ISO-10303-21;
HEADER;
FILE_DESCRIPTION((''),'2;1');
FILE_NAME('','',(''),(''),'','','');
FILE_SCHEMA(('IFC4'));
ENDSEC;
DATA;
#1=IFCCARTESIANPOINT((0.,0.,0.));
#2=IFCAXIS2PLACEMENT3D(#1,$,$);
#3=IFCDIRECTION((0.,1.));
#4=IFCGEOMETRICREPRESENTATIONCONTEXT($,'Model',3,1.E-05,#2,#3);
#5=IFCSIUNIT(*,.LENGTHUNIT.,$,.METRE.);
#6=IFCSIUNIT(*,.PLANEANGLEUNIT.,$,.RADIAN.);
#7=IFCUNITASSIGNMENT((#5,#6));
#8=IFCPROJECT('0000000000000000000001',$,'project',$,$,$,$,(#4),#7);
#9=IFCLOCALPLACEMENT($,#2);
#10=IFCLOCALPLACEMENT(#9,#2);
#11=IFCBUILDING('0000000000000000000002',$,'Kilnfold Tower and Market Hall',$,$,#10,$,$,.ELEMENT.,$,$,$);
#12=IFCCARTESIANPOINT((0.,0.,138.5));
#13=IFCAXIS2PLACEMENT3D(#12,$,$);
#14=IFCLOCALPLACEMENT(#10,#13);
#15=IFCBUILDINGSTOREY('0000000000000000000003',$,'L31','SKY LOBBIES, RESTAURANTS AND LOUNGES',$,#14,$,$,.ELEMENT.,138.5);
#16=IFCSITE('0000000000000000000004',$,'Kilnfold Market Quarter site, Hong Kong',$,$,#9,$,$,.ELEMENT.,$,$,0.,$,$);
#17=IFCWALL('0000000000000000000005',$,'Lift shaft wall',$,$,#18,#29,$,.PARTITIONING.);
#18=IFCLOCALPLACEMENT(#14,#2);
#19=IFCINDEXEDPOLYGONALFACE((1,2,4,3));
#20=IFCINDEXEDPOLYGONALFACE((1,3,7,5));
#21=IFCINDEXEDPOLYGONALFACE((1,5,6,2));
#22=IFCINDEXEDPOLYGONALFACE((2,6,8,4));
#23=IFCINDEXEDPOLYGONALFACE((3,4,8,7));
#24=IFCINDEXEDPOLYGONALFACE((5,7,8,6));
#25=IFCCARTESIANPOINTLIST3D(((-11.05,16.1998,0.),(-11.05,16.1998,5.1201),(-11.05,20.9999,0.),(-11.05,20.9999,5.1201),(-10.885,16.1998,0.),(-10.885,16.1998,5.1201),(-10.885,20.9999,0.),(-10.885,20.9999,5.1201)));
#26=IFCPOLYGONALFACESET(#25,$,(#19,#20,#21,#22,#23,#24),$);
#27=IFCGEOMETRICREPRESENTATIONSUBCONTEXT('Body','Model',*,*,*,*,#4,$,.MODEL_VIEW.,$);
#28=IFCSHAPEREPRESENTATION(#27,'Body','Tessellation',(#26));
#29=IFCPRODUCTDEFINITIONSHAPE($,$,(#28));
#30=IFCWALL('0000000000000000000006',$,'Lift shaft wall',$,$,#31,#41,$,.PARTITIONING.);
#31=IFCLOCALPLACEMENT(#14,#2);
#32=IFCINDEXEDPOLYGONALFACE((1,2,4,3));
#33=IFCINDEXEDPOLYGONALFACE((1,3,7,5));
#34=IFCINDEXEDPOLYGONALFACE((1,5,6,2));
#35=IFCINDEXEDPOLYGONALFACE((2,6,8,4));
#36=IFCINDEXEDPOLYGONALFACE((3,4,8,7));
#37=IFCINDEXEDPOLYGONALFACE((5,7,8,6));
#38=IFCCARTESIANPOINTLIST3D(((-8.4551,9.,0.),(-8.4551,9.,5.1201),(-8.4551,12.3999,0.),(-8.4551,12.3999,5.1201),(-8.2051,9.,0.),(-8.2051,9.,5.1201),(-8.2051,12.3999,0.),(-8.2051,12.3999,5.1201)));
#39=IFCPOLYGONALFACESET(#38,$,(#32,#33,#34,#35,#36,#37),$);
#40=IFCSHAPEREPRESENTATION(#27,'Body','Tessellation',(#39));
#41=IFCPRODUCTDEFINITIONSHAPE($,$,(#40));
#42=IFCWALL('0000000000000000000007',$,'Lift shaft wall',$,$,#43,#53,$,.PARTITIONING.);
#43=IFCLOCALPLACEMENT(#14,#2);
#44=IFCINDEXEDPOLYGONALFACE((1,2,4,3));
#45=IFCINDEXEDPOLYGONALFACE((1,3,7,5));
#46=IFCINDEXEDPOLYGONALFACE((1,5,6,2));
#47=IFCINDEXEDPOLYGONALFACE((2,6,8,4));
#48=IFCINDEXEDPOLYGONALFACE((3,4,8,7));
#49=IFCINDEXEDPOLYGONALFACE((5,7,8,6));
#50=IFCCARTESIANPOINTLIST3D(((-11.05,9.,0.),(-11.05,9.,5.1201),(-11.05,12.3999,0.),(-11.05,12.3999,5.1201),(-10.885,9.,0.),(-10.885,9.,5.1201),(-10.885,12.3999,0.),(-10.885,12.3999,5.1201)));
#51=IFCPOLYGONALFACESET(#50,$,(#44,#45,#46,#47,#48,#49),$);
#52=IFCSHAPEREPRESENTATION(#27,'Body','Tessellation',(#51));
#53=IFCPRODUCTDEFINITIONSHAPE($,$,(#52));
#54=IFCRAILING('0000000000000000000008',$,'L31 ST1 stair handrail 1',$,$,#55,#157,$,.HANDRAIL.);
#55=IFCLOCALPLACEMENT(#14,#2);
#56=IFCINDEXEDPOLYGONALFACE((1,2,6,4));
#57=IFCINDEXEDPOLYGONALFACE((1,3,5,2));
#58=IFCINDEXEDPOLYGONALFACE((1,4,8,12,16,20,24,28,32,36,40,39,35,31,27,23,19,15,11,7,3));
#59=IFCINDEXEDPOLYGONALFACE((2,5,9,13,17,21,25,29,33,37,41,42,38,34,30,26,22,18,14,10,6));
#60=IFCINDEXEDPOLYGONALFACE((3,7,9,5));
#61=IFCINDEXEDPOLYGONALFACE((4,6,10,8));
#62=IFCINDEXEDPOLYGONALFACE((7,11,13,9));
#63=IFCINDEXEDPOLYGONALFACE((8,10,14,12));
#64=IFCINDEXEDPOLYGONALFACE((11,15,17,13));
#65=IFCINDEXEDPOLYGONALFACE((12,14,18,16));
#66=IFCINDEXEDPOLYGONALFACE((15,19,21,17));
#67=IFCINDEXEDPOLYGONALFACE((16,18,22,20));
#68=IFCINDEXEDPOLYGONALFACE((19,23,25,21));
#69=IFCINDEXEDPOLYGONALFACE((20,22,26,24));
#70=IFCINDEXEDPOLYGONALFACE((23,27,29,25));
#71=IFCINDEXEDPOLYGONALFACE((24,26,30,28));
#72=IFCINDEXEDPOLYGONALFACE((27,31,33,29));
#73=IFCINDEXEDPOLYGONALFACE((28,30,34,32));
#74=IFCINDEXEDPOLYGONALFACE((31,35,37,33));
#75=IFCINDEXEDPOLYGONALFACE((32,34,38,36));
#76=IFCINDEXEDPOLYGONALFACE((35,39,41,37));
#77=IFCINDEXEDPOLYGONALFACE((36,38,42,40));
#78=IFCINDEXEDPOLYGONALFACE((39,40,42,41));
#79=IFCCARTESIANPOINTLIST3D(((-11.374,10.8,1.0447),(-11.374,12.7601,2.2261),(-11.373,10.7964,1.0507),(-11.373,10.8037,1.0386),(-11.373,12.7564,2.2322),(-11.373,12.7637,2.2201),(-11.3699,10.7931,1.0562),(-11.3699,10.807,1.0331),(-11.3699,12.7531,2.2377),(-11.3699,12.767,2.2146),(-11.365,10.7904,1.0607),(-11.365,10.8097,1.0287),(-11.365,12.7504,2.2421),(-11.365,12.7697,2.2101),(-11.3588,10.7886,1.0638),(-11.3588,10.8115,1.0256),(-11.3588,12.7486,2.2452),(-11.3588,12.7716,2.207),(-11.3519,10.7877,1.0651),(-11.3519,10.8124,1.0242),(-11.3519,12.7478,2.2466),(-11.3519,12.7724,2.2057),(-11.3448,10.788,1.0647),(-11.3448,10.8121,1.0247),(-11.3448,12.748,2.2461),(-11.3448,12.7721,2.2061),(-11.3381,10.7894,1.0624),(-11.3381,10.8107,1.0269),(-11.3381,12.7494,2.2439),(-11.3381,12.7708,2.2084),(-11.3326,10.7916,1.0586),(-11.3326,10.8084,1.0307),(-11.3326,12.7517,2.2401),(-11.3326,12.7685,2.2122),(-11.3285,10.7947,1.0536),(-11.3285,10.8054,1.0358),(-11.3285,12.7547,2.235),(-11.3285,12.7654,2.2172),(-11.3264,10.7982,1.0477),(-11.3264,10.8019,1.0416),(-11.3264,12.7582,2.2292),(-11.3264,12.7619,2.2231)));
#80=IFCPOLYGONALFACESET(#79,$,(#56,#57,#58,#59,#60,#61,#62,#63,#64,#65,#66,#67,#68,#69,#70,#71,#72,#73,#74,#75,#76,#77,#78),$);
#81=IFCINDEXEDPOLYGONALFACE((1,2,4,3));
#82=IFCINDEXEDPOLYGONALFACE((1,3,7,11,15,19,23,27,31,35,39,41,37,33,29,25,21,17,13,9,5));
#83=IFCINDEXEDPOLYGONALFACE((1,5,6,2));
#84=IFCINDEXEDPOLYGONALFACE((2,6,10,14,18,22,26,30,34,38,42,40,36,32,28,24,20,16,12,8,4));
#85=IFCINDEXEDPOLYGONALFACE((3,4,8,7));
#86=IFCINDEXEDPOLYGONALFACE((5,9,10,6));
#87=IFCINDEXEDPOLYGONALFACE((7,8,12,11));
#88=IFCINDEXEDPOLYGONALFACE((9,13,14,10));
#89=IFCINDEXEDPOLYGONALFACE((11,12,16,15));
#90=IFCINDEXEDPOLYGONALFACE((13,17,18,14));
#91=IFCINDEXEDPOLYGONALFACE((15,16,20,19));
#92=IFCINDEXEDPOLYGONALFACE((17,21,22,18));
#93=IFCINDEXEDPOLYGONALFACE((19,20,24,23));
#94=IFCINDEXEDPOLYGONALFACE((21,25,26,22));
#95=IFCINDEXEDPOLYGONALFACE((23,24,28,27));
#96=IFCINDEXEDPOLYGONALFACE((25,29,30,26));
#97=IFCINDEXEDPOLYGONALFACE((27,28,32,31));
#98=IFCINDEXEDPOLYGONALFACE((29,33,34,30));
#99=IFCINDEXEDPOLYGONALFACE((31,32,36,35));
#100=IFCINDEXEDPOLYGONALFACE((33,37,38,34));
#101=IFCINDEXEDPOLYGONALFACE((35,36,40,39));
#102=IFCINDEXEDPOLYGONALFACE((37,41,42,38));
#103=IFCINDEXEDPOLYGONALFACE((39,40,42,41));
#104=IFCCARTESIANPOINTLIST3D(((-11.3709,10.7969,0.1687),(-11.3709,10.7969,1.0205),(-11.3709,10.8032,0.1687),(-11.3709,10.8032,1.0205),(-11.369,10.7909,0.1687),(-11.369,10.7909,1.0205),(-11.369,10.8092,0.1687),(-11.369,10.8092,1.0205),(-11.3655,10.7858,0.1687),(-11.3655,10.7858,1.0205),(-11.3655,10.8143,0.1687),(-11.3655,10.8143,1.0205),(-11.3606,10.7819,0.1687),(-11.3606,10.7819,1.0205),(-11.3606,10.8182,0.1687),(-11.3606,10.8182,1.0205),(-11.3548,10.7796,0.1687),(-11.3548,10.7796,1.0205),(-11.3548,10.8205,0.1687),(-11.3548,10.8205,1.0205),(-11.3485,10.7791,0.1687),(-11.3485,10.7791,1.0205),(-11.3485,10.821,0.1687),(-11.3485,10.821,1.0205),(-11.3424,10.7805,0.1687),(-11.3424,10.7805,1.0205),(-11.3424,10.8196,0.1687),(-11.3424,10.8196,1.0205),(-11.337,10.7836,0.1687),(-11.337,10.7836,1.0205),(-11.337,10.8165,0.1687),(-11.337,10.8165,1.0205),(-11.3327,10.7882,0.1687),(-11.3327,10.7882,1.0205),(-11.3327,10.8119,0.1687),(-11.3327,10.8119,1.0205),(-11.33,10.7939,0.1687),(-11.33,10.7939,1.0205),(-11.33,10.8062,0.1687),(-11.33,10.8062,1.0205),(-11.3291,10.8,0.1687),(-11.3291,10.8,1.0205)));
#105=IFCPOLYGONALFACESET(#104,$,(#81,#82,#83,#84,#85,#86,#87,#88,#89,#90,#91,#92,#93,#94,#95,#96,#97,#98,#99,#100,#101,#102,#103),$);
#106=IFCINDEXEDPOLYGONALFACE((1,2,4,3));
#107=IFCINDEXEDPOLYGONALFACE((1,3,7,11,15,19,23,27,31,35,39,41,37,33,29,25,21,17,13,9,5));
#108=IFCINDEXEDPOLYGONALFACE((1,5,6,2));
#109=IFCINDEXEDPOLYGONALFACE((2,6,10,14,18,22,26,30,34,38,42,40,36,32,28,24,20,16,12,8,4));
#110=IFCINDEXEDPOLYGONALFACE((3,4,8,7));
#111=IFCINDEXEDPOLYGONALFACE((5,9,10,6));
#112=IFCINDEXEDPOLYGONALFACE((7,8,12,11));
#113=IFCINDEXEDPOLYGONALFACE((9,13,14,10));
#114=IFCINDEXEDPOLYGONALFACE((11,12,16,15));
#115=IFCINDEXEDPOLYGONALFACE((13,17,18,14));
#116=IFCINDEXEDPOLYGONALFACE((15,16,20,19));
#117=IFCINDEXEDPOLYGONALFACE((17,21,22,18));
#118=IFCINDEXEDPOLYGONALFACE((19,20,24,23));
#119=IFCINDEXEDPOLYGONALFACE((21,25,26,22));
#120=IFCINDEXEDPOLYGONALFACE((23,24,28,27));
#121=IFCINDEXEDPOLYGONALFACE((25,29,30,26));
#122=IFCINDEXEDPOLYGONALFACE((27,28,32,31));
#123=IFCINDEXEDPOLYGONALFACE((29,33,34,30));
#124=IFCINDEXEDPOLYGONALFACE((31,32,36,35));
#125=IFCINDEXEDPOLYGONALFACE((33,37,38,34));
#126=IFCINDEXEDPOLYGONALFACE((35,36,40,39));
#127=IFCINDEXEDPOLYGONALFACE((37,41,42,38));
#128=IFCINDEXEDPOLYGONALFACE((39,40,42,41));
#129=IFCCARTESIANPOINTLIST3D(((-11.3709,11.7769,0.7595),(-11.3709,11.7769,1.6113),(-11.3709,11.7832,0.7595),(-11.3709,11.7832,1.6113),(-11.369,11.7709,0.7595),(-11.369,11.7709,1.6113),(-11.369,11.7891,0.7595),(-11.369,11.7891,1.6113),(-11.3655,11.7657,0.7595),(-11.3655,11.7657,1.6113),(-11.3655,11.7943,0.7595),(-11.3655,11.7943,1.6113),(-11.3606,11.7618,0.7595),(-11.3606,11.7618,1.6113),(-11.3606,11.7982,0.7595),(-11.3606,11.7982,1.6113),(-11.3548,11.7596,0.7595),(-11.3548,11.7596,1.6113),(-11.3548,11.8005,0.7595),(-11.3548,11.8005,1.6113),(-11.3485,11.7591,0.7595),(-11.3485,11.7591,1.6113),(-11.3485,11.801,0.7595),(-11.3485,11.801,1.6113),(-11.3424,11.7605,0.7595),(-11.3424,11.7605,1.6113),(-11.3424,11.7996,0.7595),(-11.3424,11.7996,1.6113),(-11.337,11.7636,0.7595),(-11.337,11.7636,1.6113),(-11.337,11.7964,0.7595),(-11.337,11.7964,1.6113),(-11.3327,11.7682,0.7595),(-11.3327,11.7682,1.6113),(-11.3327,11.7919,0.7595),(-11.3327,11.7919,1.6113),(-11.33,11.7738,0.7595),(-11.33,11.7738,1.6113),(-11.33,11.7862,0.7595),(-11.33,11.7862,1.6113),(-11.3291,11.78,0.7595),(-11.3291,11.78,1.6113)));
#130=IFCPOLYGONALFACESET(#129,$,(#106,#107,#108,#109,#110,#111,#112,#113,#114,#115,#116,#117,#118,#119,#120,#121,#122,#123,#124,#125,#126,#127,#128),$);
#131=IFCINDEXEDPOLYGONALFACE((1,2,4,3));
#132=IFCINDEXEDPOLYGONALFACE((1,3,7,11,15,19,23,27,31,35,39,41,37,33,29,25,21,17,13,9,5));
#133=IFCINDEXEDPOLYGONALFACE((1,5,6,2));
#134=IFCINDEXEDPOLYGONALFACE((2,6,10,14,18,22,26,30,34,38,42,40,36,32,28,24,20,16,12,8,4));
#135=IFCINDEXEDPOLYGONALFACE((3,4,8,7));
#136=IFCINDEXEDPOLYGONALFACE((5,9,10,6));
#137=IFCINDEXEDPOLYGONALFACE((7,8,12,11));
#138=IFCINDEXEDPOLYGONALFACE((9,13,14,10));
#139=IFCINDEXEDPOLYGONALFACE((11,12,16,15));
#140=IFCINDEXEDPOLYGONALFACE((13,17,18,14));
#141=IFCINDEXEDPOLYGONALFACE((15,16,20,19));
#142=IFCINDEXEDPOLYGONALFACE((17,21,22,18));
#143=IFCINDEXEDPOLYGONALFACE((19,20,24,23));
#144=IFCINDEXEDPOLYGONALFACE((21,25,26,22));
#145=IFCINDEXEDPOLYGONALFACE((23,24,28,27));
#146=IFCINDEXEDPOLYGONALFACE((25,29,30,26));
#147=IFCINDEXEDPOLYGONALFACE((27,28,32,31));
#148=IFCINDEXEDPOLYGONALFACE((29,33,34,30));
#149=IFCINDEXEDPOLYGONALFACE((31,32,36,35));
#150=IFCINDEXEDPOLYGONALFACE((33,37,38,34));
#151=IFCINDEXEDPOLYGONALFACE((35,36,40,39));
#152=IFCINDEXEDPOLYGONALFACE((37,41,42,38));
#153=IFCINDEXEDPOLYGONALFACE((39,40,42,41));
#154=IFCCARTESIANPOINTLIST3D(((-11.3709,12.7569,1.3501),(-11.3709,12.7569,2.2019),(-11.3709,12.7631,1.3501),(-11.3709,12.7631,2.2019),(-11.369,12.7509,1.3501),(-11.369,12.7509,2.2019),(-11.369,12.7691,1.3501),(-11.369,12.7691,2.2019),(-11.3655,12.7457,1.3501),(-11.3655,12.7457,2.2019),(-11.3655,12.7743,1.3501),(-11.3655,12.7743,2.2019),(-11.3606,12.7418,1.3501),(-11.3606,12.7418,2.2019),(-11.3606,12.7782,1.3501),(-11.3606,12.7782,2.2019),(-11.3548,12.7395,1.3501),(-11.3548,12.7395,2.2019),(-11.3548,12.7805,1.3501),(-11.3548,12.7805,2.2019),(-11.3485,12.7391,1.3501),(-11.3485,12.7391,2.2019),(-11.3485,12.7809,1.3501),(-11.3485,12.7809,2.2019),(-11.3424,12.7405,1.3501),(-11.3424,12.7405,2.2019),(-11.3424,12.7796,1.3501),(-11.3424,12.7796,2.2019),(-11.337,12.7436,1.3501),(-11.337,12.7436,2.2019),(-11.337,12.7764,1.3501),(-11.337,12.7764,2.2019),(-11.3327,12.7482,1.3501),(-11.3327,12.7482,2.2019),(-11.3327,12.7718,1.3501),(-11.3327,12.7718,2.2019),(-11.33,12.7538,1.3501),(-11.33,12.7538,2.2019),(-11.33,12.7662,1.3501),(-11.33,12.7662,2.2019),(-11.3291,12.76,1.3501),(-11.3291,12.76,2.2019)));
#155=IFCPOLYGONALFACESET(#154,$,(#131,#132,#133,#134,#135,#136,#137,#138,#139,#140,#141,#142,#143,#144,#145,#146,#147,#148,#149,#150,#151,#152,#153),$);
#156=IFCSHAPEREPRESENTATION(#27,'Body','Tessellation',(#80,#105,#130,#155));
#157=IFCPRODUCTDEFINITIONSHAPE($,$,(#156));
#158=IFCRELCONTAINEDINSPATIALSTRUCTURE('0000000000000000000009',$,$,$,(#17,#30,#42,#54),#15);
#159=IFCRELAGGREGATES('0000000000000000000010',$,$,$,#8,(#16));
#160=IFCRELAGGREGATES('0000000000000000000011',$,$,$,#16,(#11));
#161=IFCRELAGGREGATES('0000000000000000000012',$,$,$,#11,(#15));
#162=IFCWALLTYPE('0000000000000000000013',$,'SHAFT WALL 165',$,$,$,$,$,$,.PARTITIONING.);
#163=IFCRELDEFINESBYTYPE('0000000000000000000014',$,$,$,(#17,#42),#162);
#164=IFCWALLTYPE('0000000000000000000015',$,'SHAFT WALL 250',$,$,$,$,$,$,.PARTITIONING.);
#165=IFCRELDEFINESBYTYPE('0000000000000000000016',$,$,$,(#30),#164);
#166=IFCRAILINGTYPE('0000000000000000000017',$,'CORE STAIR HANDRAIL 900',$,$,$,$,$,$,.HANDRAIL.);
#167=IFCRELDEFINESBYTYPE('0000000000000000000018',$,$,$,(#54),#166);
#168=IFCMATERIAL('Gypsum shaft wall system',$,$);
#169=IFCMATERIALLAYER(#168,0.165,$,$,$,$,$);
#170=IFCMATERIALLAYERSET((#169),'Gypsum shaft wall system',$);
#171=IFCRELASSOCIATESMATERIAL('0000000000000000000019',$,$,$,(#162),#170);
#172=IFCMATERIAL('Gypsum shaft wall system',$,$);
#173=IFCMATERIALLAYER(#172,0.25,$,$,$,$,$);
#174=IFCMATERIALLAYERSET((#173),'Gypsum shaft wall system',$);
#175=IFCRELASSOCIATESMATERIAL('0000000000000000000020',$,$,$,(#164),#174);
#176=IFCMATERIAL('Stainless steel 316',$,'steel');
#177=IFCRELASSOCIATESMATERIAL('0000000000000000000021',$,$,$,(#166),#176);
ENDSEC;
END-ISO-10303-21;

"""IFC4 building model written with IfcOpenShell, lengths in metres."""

from ifc_helpers import new_model, si_unit, direction, frame, frame_2d, origin, origin_2d, place, context, subcontext, project, spatial, rectangle, circle, extrude, source, transform, mapped, material, layer, layer_set, type_object, element, save


model = new_model("IFC4")

# Units and contexts
model_context = context("Model", 3, precision=1e-05, world=origin(), true_north=direction((0.0, 1.0)))
body_context = subcontext(model_context, "Body", "Model", "MODEL_VIEW")
ifc_project = project(units=[si_unit("LENGTHUNIT", "METRE"), si_unit("PLANEANGLEUNIT", "RADIAN")], contexts=[model_context])

# Site, building, storey
site_placement = place(None, origin())
site = spatial("IfcSite", under=ifc_project, at=site_placement, Name="Kilnfold Market Quarter site, Hong Kong", CompositionType="ELEMENT", RefElevation=0.0)
building_placement = place(site_placement, origin())
building = spatial("IfcBuilding", under=site, at=building_placement, Name="Kilnfold Tower and Market Hall", CompositionType="ELEMENT")
storey_placement = place(building_placement, frame((0.0, 0.0, 138.5)))
storey = spatial("IfcBuildingStorey", under=building, at=storey_placement, Name="L31", Description="SKY LOBBIES, RESTAURANTS AND LOUNGES", CompositionType="ELEMENT", Elevation=138.5)

# Walls
ifc_material_1 = material(Name="Gypsum shaft wall system")
ifc_layer_1 = layer(ifc_material_1, 0.165)
ifc_layer_set_1 = layer_set([ifc_layer_1], Name="Gypsum shaft wall system")
wall_type_1 = type_object("IfcWallType", Name="SHAFT WALL 165", PredefinedType="PARTITIONING", material=ifc_layer_set_1)
shared_shape_1 = source(origin(), body_context, "Body", "SweptSolid", [
    extrude(rectangle(XDim=4.8, YDim=0.165, at=frame_2d((2.3999, 0.0))), origin(), (0.0, 0.0, 1.0), 5.1201),
])
wall_1_placement = place(storey_placement, frame((-10.9675, 16.2, 0.0), z_axis=(0.0, 0.0, 1.0), x_axis=(0.0, 1.0, 0.0)))
element("IfcWall", 1, at=wall_1_placement, inside=storey, type_object=wall_type_1, Name="Lift shaft wall", PredefinedType="PARTITIONING", context=body_context, shape_type="MappedRepresentation", body=[
    mapped(shared_shape_1, transform((0.0, 0.0, 0.0))),
])
ifc_material_2 = material(Name="Gypsum shaft wall system")
ifc_layer_2 = layer(ifc_material_2, 0.25)
ifc_layer_set_2 = layer_set([ifc_layer_2], Name="Gypsum shaft wall system")
wall_type_2 = type_object("IfcWallType", Name="SHAFT WALL 250", PredefinedType="PARTITIONING", material=ifc_layer_set_2)
shared_shape_2 = source(origin(), body_context, "Body", "SweptSolid", [
    extrude(rectangle(XDim=3.3999, YDim=0.25, at=frame_2d((1.7, 0.0))), origin(), (0.0, 0.0, 1.0), 5.1201),
])
wall_2_placement = place(storey_placement, frame((-8.3301, 9.0, 0.0), z_axis=(0.0, 0.0, 1.0), x_axis=(0.0, 1.0, 0.0)))
element("IfcWall", 2, at=wall_2_placement, inside=storey, type_object=wall_type_2, Name="Lift shaft wall", PredefinedType="PARTITIONING", context=body_context, shape_type="MappedRepresentation", body=[
    mapped(shared_shape_2, transform((0.0, 0.0, 0.0))),
])
shared_shape_3 = source(origin(), body_context, "Body", "SweptSolid", [
    extrude(rectangle(XDim=3.3999, YDim=0.165, at=frame_2d((1.7, 0.0))), origin(), (0.0, 0.0, 1.0), 5.1201),
])
wall_3_placement = place(storey_placement, frame((-10.9675, 9.0, 0.0), z_axis=(0.0, 0.0, 1.0), x_axis=(0.0, 1.0, 0.0)))
element("IfcWall", 3, at=wall_3_placement, inside=storey, type_object=wall_type_1, Name="Lift shaft wall", PredefinedType="PARTITIONING", context=body_context, shape_type="MappedRepresentation", body=[
    mapped(shared_shape_3, transform((0.0, 0.0, 0.0))),
])

# Railing
ifc_material_3 = material(Name="Stainless steel 316", Category="steel")
railing_type_1 = type_object("IfcRailingType", Name="CORE STAIR HANDRAIL 900", PredefinedType="HANDRAIL", material=ifc_material_3)
railing_1_placement = place(storey_placement, frame((-11.3501, 10.8, 0.1687)))
element("IfcRailing", 4, at=railing_1_placement, inside=storey, type_object=railing_type_1, Name="L31 ST1 stair handrail 1", PredefinedType="HANDRAIL", context=body_context, shape_type="SweptSolid", body=[
    extrude(circle(Radius=0.0239, at=origin_2d()), frame((0.0, 0.0, 0.876), z_axis=(0.0, 0.856446, 0.516236), x_axis=(-1.0, 0.0, 0.0)), (0.0, 0.0, 1.0), 2.2886),
    extrude(circle(Radius=0.021, at=origin_2d()), origin(), (0.0, 0.0, 1.0), 0.8518),
    extrude(circle(Radius=0.021, at=origin_2d()), frame((0.0, 0.98, 0.5908)), (0.0, 0.0, 1.0), 0.8518),
    extrude(circle(Radius=0.021, at=origin_2d()), frame((0.0, 1.96, 1.1814)), (0.0, 0.0, 1.0), 0.8518),
])

save(model, "model.ifc")
